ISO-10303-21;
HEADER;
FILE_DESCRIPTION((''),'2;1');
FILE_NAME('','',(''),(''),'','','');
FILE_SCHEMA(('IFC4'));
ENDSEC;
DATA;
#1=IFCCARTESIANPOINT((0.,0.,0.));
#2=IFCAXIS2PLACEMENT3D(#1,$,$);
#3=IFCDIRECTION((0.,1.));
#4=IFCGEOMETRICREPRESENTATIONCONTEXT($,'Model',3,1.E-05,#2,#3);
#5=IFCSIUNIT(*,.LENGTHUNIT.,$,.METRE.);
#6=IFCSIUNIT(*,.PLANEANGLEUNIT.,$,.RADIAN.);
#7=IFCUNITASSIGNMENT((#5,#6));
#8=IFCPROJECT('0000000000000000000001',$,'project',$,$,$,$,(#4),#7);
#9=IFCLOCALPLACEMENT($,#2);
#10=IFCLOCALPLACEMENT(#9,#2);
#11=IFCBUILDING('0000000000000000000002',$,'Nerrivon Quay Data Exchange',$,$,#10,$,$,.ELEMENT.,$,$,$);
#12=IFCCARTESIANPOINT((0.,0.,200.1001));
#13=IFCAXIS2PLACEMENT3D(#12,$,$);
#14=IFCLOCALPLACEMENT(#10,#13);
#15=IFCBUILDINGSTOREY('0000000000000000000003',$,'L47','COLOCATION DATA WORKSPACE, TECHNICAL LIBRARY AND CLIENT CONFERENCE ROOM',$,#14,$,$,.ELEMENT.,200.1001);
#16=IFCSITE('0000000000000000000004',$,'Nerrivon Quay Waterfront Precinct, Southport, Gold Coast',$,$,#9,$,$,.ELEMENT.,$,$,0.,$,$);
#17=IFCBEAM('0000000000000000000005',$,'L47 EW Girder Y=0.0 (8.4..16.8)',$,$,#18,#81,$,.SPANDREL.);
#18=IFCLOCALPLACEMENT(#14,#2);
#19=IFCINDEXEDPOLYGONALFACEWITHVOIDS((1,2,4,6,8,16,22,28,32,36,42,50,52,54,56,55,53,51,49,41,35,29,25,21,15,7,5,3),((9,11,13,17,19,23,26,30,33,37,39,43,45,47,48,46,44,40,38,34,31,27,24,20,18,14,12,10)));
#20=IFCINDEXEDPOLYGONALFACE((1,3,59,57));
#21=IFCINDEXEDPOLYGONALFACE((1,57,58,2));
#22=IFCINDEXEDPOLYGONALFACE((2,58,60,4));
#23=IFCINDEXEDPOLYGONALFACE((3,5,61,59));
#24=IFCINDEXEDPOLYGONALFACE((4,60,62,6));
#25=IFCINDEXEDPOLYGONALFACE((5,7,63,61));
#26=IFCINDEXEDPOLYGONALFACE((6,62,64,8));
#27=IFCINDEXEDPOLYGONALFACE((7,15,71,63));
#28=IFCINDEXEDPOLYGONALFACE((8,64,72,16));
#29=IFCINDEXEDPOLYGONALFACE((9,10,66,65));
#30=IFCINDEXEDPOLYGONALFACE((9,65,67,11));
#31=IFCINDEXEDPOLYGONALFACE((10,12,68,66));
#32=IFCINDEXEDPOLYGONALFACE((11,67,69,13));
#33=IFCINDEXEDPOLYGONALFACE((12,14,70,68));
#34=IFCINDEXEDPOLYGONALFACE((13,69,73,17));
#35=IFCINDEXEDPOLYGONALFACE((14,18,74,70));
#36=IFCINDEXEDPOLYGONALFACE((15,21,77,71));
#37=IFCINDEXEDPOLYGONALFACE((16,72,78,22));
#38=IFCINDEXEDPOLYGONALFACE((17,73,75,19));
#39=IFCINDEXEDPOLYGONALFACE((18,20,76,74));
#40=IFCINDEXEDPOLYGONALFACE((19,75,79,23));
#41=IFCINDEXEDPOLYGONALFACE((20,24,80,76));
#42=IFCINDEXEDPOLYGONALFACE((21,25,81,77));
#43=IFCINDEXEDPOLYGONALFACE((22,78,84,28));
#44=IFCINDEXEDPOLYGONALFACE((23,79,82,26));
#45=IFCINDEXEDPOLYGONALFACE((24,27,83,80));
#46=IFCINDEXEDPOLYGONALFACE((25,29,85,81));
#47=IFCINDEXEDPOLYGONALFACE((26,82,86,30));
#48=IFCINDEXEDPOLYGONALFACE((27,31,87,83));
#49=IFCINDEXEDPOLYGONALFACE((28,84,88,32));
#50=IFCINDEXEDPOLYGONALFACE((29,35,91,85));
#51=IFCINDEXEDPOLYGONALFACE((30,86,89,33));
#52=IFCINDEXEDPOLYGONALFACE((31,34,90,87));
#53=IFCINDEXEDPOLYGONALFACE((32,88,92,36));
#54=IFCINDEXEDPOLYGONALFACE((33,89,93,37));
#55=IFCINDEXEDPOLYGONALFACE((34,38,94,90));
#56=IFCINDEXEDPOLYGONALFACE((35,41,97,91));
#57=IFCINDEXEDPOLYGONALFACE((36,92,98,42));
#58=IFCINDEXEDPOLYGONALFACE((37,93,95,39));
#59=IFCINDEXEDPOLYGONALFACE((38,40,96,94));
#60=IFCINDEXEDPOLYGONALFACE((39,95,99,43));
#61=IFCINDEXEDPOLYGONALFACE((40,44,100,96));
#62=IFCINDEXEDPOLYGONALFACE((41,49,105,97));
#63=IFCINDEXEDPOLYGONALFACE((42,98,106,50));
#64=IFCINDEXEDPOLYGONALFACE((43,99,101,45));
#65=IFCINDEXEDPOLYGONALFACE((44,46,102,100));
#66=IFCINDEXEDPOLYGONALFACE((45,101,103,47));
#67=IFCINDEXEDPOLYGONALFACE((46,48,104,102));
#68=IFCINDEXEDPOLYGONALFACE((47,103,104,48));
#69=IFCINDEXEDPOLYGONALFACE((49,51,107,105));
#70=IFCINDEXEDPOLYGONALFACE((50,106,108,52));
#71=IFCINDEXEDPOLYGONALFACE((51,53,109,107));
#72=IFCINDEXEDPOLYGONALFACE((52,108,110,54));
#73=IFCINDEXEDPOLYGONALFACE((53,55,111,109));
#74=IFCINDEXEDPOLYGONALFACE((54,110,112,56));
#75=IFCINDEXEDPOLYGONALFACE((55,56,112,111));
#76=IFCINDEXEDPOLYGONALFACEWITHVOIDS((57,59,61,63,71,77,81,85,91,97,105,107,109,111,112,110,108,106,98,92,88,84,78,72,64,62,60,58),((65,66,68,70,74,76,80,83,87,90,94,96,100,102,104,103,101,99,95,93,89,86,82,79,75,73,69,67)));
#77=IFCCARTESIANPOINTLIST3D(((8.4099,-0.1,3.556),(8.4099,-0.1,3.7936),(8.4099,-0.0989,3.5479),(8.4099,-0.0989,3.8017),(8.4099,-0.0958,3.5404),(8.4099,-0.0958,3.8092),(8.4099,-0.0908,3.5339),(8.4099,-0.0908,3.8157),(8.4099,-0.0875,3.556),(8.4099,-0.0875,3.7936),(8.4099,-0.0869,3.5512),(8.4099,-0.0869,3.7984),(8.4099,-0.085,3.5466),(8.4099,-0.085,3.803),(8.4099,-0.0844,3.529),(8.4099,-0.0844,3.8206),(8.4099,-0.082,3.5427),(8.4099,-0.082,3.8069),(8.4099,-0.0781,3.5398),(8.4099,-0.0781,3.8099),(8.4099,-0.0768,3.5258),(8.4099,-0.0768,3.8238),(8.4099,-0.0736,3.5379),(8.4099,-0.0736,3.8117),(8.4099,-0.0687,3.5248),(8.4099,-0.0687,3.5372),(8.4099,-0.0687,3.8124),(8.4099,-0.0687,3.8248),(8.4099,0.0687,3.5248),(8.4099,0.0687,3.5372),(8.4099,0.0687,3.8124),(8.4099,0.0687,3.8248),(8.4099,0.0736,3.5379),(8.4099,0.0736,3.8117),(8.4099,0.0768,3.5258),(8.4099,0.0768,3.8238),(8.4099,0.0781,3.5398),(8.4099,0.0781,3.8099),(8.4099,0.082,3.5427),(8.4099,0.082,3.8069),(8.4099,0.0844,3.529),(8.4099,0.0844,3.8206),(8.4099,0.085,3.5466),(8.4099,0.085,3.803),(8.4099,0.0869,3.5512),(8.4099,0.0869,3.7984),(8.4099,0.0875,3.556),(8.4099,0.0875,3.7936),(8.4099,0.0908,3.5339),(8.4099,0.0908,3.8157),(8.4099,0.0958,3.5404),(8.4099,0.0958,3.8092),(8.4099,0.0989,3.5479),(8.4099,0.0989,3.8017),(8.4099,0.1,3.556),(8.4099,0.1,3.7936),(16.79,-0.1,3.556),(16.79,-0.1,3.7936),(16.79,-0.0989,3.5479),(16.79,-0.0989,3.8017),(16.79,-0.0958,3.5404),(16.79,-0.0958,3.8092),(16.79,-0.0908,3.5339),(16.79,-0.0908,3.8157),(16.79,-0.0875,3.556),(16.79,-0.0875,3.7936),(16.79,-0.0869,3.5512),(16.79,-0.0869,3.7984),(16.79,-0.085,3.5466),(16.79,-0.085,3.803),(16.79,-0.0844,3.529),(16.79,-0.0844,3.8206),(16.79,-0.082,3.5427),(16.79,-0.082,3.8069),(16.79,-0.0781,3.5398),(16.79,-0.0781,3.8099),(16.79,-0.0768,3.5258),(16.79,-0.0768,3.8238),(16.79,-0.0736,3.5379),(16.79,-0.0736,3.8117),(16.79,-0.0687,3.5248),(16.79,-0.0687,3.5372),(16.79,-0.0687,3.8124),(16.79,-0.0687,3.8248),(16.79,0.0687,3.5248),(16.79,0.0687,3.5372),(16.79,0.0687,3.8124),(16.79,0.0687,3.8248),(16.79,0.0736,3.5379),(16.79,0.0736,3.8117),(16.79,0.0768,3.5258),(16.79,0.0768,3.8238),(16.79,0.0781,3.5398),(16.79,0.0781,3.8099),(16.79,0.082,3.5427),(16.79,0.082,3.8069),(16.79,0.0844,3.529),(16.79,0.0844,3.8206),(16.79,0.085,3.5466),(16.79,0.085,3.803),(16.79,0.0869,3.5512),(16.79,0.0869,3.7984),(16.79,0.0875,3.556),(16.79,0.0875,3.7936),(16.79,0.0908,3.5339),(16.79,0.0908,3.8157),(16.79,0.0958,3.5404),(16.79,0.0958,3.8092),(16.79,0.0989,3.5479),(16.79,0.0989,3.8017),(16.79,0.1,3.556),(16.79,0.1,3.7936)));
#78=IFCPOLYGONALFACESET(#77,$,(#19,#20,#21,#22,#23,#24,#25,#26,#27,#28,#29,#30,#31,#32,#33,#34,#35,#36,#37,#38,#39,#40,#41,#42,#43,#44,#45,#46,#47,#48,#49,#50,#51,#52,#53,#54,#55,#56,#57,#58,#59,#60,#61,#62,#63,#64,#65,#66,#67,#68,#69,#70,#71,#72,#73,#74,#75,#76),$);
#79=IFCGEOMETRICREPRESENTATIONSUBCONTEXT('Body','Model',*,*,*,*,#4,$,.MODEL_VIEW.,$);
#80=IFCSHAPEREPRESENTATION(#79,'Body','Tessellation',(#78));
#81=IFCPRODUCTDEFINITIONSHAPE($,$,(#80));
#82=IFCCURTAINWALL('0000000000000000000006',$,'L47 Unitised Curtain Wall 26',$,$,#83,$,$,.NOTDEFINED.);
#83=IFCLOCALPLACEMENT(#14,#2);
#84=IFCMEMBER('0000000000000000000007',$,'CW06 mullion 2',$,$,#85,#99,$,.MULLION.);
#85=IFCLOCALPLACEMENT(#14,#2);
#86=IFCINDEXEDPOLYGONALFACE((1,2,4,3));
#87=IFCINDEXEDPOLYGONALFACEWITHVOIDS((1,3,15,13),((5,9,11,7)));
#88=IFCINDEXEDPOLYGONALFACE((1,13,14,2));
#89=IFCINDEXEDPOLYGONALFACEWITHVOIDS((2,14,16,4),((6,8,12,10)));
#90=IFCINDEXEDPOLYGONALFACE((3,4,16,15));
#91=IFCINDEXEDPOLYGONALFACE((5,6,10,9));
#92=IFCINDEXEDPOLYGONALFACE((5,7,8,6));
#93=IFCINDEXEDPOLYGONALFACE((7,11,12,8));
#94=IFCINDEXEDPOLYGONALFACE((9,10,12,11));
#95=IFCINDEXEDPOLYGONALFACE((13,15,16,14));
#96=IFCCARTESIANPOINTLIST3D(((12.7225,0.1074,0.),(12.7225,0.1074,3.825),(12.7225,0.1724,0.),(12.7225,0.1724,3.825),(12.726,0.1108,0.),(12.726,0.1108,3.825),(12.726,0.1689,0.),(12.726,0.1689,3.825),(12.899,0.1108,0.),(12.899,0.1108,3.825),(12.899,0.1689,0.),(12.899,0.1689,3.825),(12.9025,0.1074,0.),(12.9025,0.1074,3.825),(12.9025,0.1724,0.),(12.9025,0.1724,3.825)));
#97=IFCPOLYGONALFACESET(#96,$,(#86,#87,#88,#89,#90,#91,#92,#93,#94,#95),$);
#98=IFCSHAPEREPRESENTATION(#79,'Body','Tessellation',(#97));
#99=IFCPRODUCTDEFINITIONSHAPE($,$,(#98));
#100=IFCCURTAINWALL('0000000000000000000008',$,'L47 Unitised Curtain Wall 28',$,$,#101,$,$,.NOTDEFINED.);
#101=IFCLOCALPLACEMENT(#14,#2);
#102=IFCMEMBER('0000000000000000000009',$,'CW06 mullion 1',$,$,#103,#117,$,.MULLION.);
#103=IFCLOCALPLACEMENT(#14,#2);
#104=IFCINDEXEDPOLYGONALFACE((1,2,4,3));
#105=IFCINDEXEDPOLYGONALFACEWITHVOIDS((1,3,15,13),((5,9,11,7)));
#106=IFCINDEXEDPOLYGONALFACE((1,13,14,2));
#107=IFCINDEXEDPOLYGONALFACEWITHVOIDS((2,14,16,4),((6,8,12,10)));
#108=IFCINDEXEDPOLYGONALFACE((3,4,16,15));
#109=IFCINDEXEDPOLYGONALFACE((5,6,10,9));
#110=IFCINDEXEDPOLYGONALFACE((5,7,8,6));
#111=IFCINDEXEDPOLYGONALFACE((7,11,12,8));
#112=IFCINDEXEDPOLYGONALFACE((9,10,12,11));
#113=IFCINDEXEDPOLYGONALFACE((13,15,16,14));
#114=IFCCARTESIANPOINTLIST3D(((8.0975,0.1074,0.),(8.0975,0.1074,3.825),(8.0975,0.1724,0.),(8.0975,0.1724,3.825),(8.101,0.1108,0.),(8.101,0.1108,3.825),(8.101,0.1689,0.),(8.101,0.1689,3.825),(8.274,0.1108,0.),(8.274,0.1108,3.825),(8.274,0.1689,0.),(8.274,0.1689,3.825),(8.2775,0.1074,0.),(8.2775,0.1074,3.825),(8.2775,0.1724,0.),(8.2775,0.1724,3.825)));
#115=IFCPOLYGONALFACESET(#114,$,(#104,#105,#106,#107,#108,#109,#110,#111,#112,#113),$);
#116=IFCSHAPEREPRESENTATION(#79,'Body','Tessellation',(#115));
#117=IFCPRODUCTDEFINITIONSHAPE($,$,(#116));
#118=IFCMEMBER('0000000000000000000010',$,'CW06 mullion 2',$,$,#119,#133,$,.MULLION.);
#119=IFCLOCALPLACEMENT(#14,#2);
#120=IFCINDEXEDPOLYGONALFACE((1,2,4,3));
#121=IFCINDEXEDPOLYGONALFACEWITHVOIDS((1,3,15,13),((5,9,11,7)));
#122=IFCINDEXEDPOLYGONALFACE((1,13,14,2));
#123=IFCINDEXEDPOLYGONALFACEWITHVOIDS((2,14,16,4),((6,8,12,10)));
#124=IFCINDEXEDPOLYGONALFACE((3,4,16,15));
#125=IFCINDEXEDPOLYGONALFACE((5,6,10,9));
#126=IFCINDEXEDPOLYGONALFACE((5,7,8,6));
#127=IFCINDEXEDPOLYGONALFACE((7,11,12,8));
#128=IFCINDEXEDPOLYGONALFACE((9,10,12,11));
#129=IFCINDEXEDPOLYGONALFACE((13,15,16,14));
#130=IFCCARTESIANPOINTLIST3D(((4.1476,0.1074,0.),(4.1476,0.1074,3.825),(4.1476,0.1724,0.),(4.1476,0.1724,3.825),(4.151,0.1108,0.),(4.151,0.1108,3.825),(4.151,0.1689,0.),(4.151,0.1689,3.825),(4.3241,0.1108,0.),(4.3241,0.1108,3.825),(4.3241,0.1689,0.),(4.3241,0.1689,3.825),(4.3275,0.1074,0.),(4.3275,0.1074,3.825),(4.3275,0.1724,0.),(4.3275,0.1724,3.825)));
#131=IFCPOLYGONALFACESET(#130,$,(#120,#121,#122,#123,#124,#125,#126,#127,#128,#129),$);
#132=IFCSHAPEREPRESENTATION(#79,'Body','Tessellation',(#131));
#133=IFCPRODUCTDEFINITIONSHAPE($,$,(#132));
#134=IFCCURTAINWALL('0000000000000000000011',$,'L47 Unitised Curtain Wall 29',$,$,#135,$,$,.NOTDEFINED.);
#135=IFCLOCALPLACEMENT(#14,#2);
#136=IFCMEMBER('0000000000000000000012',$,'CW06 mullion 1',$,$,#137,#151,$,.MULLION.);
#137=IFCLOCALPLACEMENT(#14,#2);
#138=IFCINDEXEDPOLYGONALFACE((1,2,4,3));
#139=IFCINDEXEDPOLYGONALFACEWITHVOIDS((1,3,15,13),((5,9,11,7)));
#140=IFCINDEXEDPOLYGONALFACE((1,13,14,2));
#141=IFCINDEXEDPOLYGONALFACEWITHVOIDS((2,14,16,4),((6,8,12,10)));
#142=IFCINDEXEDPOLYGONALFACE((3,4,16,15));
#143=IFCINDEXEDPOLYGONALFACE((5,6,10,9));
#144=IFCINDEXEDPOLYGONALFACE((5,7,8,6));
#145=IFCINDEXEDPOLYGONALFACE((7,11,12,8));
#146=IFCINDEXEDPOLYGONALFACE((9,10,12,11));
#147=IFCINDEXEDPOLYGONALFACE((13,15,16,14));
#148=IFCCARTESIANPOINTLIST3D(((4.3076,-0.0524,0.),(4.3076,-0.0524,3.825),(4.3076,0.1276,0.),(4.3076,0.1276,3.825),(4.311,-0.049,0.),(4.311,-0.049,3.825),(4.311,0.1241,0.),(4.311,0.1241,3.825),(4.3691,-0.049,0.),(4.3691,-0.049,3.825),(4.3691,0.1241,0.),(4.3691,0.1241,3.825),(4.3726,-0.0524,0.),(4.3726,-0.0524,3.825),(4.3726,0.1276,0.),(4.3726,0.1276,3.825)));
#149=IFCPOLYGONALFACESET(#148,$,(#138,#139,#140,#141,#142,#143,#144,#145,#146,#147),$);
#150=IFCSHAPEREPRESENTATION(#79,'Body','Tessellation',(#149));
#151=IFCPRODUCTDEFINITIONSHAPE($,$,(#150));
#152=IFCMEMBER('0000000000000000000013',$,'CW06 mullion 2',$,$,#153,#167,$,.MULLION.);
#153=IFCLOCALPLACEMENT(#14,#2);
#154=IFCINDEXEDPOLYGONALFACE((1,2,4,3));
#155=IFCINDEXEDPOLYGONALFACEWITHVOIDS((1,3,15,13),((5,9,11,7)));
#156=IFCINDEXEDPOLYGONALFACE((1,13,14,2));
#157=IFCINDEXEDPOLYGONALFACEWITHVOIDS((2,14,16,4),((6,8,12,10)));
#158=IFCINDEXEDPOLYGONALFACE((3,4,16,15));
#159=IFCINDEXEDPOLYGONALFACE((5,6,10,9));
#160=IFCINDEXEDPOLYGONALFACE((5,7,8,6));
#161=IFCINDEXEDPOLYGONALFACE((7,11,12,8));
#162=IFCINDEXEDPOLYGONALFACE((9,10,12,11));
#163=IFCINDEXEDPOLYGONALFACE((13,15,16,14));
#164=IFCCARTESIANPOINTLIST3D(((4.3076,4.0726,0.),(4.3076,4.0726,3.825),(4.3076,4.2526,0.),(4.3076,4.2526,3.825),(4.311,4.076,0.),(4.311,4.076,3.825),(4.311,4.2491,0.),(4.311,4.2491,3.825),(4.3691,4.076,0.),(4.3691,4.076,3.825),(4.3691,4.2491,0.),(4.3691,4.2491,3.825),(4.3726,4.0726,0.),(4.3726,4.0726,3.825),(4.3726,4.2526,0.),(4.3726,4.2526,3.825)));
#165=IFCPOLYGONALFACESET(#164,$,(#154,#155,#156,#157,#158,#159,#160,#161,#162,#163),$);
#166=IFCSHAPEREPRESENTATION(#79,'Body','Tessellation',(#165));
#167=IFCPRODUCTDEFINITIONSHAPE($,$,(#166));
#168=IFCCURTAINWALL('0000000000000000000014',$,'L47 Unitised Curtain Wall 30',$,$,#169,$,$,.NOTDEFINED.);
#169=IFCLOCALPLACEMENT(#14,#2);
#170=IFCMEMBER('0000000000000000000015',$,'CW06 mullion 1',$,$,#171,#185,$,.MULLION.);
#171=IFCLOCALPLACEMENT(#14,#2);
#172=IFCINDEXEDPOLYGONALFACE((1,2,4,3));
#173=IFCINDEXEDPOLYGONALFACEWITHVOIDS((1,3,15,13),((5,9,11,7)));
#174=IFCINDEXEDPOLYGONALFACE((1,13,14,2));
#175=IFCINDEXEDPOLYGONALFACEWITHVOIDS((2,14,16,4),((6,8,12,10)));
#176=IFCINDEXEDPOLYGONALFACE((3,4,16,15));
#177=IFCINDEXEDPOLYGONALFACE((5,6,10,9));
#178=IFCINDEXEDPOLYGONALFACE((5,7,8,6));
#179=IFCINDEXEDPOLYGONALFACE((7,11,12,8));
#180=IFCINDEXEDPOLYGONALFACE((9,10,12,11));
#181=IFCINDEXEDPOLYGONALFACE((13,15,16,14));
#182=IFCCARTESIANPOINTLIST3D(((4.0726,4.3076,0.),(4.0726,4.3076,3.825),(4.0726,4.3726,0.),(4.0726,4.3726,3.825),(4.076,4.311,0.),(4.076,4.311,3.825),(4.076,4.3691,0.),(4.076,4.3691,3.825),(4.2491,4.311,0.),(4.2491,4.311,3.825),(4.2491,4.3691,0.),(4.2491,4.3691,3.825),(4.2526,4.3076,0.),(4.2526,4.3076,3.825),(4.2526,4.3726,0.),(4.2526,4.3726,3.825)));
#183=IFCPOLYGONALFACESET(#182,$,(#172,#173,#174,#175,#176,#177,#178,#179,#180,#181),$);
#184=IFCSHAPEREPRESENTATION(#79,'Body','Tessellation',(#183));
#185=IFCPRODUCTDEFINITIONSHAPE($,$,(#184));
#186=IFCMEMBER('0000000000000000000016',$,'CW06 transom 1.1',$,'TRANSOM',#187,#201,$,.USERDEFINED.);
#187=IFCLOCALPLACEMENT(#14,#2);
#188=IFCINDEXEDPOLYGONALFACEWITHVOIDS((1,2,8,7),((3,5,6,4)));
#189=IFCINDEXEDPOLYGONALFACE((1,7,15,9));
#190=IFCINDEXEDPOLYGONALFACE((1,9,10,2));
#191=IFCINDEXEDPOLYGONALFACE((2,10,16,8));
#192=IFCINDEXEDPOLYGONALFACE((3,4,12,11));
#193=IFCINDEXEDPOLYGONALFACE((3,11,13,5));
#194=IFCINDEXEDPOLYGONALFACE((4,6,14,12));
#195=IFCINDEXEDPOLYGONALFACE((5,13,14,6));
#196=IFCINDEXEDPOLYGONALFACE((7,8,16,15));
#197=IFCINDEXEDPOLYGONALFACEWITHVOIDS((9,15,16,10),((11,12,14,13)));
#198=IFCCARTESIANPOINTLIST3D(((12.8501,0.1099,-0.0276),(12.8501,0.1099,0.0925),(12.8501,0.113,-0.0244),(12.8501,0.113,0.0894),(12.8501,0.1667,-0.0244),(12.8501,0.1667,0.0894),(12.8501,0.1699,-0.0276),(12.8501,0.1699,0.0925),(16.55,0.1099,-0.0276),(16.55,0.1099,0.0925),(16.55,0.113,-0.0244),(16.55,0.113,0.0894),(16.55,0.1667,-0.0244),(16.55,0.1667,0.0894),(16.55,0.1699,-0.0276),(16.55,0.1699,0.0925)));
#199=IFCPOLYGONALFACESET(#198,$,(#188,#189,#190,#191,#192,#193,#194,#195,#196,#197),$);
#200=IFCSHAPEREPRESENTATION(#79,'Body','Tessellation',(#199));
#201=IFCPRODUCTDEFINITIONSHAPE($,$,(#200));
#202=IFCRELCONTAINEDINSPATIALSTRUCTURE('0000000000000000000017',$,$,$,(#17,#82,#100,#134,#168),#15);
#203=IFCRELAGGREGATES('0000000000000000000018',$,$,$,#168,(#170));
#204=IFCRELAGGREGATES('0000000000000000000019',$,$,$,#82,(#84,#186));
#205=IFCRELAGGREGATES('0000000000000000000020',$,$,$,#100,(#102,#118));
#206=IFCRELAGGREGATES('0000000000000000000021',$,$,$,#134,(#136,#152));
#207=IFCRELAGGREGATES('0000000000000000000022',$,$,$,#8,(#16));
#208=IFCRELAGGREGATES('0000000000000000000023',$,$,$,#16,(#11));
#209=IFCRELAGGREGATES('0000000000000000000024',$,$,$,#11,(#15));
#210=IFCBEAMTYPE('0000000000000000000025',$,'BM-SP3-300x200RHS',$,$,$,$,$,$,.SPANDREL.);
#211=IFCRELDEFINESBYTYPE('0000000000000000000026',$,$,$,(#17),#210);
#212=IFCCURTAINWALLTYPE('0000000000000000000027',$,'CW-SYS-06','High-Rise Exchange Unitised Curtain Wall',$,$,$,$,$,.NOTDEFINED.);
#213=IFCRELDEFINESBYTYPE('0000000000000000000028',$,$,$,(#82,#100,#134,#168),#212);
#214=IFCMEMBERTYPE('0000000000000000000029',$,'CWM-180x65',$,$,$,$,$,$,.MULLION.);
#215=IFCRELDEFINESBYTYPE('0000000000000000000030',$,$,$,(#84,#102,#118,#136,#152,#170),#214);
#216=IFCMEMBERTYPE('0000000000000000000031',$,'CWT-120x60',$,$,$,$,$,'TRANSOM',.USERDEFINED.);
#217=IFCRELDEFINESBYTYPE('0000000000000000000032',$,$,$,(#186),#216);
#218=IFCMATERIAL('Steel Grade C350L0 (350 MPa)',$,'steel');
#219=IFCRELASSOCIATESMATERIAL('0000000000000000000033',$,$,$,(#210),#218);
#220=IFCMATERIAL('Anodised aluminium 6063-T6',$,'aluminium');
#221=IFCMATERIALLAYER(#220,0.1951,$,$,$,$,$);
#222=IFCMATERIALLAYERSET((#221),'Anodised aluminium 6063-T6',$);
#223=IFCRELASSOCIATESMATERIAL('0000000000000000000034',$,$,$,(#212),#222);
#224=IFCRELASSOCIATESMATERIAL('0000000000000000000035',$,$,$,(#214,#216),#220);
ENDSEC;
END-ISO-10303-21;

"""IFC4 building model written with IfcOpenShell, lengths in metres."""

from ifc_helpers import new_model, si_unit, direction, frame, origin, origin_2d, place, context, subcontext, project, spatial, hollow_rectangle, extrude, material, layer, layer_set, material_profile, profile_set, type_object, element, aggregate, save


model = new_model("IFC4")

# Units and contexts
model_context = context("Model", 3, precision=1e-05, world=origin(), true_north=direction((0.0, 1.0)))
body_context = subcontext(model_context, "Body", "Model", "MODEL_VIEW")
ifc_project = project(units=[si_unit("LENGTHUNIT", "METRE"), si_unit("PLANEANGLEUNIT", "RADIAN")], contexts=[model_context])

# Site, building, storey
site_placement = place(None, origin())
site = spatial("IfcSite", under=ifc_project, at=site_placement, Name="Nerrivon Quay Waterfront Precinct, Southport, Gold Coast", CompositionType="ELEMENT", RefElevation=0.0)
building_placement = place(site_placement, origin())
building = spatial("IfcBuilding", under=site, at=building_placement, Name="Nerrivon Quay Data Exchange", CompositionType="ELEMENT")
storey_placement = place(building_placement, frame((0.0, 0.0, 200.1001)))
storey = spatial("IfcBuildingStorey", under=building, at=storey_placement, Name="L47", Description="COLOCATION DATA WORKSPACE, TECHNICAL LIBRARY AND CLIENT CONFERENCE ROOM", CompositionType="ELEMENT", Elevation=200.1001)

# Beam
ifc_material_1 = material(Name="Steel Grade C350L0 (350 MPa)", Category="steel")
ifc_material_profile_1 = material_profile(ifc_material_1, hollow_rectangle(XDim=0.2, YDim=0.3, WallThickness=0.0125, InnerFilletRadius=0.0188, OuterFilletRadius=0.0312, at=origin_2d()), Name="300x200x12.5RHS")
ifc_profile_set_1 = profile_set([ifc_material_profile_1], Name="Steel Grade C350L0 (350 MPa)")
beam_type_1 = type_object("IfcBeamType", Name="BM-SP3-300x200RHS", PredefinedType="SPANDREL", material=ifc_profile_set_1)
beam_1_placement = place(storey_placement, frame((8.4099, 0.0, 3.6748), z_axis=(1.0, 0.0, 0.0), x_axis=(0.0, 1.0, 0.0)))
element("IfcBeam", 1, at=beam_1_placement, inside=storey, type_object=beam_type_1, Name="L47 EW Girder Y=0.0 (8.4..16.8)", PredefinedType="SPANDREL", context=body_context, shape_type="SweptSolid", body=[
    extrude(hollow_rectangle(XDim=0.2, YDim=0.3, WallThickness=0.0125, InnerFilletRadius=0.0188, OuterFilletRadius=0.0312, at=origin_2d()), origin(), (0.0, 0.0, 1.0), 8.3801),
])

# Curtain wall, member
ifc_material_2 = material(Name="Anodised aluminium 6063-T6", Category="aluminium")
ifc_layer_1 = layer(ifc_material_2, 0.1951)
ifc_layer_set_1 = layer_set([ifc_layer_1], Name="Anodised aluminium 6063-T6")
curtain_wall_type = type_object("IfcCurtainWallType", Name="CW-SYS-06", Description="High-Rise Exchange Unitised Curtain Wall", PredefinedType="NOTDEFINED", material=ifc_layer_set_1)
curtain_wall_1_placement = place(storey_placement, origin())
curtain_wall_1 = element("IfcCurtainWall", 2, at=curtain_wall_1_placement, inside=storey, type_object=curtain_wall_type, Name="L47 Unitised Curtain Wall 26", PredefinedType="NOTDEFINED")
ifc_material_profile_2 = material_profile(ifc_material_2, hollow_rectangle(XDim=0.0649, YDim=0.1799, WallThickness=0.0034, at=origin_2d()), Name="ALU-MULL-180x65")
ifc_profile_set_2 = profile_set([ifc_material_profile_2], Name="Anodised aluminium 6063-T6")
member_type_1 = type_object("IfcMemberType", Name="CWM-180x65", PredefinedType="MULLION", material=ifc_profile_set_2)
member_1_placement = place(storey_placement, frame((12.8125, 0.1399, 0.0), z_axis=(0.0, 0.0, 1.0), x_axis=(0.0, -1.0, 0.0)))
member_1 = element("IfcMember", 3, at=member_1_placement, type_object=member_type_1, Name="CW06 mullion 2", PredefinedType="MULLION", context=body_context, shape_type="SweptSolid", body=[
    extrude(hollow_rectangle(XDim=0.0649, YDim=0.1799, WallThickness=0.0034, at=origin_2d()), origin(), (0.0, 0.0, 1.0), 3.825),
])

# Curtain walls, members
curtain_wall_2_placement = place(storey_placement, origin())
curtain_wall_2 = element("IfcCurtainWall", 4, at=curtain_wall_2_placement, inside=storey, type_object=curtain_wall_type, Name="L47 Unitised Curtain Wall 28", PredefinedType="NOTDEFINED")
member_2_placement = place(storey_placement, frame((8.1875, 0.1399, 0.0), z_axis=(0.0, 0.0, 1.0), x_axis=(0.0, -1.0, 0.0)))
member_2 = element("IfcMember", 5, at=member_2_placement, type_object=member_type_1, Name="CW06 mullion 1", PredefinedType="MULLION", context=body_context, shape_type="SweptSolid", body=[
    extrude(hollow_rectangle(XDim=0.0649, YDim=0.1799, WallThickness=0.0034, at=origin_2d()), origin(), (0.0, 0.0, 1.0), 3.825),
])
member_3_placement = place(storey_placement, frame((4.2375, 0.1399, 0.0), z_axis=(0.0, 0.0, 1.0), x_axis=(0.0, -1.0, 0.0)))
member_3 = element("IfcMember", 6, at=member_3_placement, type_object=member_type_1, Name="CW06 mullion 2", PredefinedType="MULLION", context=body_context, shape_type="SweptSolid", body=[
    extrude(hollow_rectangle(XDim=0.0649, YDim=0.1799, WallThickness=0.0034, at=origin_2d()), origin(), (0.0, 0.0, 1.0), 3.825),
])
curtain_wall_3_placement = place(storey_placement, origin())
curtain_wall_3 = element("IfcCurtainWall", 7, at=curtain_wall_3_placement, inside=storey, type_object=curtain_wall_type, Name="L47 Unitised Curtain Wall 29", PredefinedType="NOTDEFINED")
member_4_placement = place(storey_placement, frame((4.3401, 0.0376, 0.0), z_axis=(0.0, 0.0, 1.0), x_axis=(-1.0, 0.0, 0.0)))
member_4 = element("IfcMember", 8, at=member_4_placement, type_object=member_type_1, Name="CW06 mullion 1", PredefinedType="MULLION", context=body_context, shape_type="SweptSolid", body=[
    extrude(hollow_rectangle(XDim=0.0649, YDim=0.1799, WallThickness=0.0034, at=origin_2d()), origin(), (0.0, 0.0, 1.0), 3.825),
])
member_5_placement = place(storey_placement, frame((4.3401, 4.1626, 0.0), z_axis=(0.0, 0.0, 1.0), x_axis=(-1.0, 0.0, 0.0)))
member_5 = element("IfcMember", 9, at=member_5_placement, type_object=member_type_1, Name="CW06 mullion 2", PredefinedType="MULLION", context=body_context, shape_type="SweptSolid", body=[
    extrude(hollow_rectangle(XDim=0.0649, YDim=0.1799, WallThickness=0.0034, at=origin_2d()), origin(), (0.0, 0.0, 1.0), 3.825),
])

# Curtain wall, member
curtain_wall_4_placement = place(storey_placement, origin())
curtain_wall_4 = element("IfcCurtainWall", 10, at=curtain_wall_4_placement, inside=storey, type_object=curtain_wall_type, Name="L47 Unitised Curtain Wall 30", PredefinedType="NOTDEFINED")
member_6_placement = place(storey_placement, frame((4.1626, 4.3401, 0.0), z_axis=(0.0, 0.0, 1.0), x_axis=(0.0, -1.0, 0.0)))
member_6 = element("IfcMember", 11, at=member_6_placement, type_object=member_type_1, Name="CW06 mullion 1", PredefinedType="MULLION", context=body_context, shape_type="SweptSolid", body=[
    extrude(hollow_rectangle(XDim=0.0649, YDim=0.1799, WallThickness=0.0034, at=origin_2d()), origin(), (0.0, 0.0, 1.0), 3.825),
])
aggregate(curtain_wall_4, [member_6])

# Member
ifc_material_profile_3 = material_profile(ifc_material_2, hollow_rectangle(XDim=0.0601, YDim=0.1201, WallThickness=0.0032, at=origin_2d()), Name="ALU-TRAN-120x60")
ifc_profile_set_3 = profile_set([ifc_material_profile_3], Name="Anodised aluminium 6063-T6")
member_type_2 = type_object("IfcMemberType", Name="CWT-120x60", ElementType="TRANSOM", PredefinedType="USERDEFINED", material=ifc_profile_set_3)
member_7_placement = place(storey_placement, frame((16.55, 0.1399, 0.0325), z_axis=(-1.0, 0.0, 0.0), x_axis=(0.0, -1.0, 0.0)))
member_7 = element("IfcMember", 12, at=member_7_placement, type_object=member_type_2, Name="CW06 transom 1.1", ObjectType="TRANSOM", PredefinedType="USERDEFINED", context=body_context, shape_type="SweptSolid", body=[
    extrude(hollow_rectangle(XDim=0.0601, YDim=0.1201, WallThickness=0.0032, at=origin_2d()), origin(), (0.0, 0.0, 1.0), 3.7),
])

aggregate(curtain_wall_1, [member_1, member_7])
aggregate(curtain_wall_2, [member_2, member_3])
aggregate(curtain_wall_3, [member_4, member_5])

save(model, "model.ifc")
